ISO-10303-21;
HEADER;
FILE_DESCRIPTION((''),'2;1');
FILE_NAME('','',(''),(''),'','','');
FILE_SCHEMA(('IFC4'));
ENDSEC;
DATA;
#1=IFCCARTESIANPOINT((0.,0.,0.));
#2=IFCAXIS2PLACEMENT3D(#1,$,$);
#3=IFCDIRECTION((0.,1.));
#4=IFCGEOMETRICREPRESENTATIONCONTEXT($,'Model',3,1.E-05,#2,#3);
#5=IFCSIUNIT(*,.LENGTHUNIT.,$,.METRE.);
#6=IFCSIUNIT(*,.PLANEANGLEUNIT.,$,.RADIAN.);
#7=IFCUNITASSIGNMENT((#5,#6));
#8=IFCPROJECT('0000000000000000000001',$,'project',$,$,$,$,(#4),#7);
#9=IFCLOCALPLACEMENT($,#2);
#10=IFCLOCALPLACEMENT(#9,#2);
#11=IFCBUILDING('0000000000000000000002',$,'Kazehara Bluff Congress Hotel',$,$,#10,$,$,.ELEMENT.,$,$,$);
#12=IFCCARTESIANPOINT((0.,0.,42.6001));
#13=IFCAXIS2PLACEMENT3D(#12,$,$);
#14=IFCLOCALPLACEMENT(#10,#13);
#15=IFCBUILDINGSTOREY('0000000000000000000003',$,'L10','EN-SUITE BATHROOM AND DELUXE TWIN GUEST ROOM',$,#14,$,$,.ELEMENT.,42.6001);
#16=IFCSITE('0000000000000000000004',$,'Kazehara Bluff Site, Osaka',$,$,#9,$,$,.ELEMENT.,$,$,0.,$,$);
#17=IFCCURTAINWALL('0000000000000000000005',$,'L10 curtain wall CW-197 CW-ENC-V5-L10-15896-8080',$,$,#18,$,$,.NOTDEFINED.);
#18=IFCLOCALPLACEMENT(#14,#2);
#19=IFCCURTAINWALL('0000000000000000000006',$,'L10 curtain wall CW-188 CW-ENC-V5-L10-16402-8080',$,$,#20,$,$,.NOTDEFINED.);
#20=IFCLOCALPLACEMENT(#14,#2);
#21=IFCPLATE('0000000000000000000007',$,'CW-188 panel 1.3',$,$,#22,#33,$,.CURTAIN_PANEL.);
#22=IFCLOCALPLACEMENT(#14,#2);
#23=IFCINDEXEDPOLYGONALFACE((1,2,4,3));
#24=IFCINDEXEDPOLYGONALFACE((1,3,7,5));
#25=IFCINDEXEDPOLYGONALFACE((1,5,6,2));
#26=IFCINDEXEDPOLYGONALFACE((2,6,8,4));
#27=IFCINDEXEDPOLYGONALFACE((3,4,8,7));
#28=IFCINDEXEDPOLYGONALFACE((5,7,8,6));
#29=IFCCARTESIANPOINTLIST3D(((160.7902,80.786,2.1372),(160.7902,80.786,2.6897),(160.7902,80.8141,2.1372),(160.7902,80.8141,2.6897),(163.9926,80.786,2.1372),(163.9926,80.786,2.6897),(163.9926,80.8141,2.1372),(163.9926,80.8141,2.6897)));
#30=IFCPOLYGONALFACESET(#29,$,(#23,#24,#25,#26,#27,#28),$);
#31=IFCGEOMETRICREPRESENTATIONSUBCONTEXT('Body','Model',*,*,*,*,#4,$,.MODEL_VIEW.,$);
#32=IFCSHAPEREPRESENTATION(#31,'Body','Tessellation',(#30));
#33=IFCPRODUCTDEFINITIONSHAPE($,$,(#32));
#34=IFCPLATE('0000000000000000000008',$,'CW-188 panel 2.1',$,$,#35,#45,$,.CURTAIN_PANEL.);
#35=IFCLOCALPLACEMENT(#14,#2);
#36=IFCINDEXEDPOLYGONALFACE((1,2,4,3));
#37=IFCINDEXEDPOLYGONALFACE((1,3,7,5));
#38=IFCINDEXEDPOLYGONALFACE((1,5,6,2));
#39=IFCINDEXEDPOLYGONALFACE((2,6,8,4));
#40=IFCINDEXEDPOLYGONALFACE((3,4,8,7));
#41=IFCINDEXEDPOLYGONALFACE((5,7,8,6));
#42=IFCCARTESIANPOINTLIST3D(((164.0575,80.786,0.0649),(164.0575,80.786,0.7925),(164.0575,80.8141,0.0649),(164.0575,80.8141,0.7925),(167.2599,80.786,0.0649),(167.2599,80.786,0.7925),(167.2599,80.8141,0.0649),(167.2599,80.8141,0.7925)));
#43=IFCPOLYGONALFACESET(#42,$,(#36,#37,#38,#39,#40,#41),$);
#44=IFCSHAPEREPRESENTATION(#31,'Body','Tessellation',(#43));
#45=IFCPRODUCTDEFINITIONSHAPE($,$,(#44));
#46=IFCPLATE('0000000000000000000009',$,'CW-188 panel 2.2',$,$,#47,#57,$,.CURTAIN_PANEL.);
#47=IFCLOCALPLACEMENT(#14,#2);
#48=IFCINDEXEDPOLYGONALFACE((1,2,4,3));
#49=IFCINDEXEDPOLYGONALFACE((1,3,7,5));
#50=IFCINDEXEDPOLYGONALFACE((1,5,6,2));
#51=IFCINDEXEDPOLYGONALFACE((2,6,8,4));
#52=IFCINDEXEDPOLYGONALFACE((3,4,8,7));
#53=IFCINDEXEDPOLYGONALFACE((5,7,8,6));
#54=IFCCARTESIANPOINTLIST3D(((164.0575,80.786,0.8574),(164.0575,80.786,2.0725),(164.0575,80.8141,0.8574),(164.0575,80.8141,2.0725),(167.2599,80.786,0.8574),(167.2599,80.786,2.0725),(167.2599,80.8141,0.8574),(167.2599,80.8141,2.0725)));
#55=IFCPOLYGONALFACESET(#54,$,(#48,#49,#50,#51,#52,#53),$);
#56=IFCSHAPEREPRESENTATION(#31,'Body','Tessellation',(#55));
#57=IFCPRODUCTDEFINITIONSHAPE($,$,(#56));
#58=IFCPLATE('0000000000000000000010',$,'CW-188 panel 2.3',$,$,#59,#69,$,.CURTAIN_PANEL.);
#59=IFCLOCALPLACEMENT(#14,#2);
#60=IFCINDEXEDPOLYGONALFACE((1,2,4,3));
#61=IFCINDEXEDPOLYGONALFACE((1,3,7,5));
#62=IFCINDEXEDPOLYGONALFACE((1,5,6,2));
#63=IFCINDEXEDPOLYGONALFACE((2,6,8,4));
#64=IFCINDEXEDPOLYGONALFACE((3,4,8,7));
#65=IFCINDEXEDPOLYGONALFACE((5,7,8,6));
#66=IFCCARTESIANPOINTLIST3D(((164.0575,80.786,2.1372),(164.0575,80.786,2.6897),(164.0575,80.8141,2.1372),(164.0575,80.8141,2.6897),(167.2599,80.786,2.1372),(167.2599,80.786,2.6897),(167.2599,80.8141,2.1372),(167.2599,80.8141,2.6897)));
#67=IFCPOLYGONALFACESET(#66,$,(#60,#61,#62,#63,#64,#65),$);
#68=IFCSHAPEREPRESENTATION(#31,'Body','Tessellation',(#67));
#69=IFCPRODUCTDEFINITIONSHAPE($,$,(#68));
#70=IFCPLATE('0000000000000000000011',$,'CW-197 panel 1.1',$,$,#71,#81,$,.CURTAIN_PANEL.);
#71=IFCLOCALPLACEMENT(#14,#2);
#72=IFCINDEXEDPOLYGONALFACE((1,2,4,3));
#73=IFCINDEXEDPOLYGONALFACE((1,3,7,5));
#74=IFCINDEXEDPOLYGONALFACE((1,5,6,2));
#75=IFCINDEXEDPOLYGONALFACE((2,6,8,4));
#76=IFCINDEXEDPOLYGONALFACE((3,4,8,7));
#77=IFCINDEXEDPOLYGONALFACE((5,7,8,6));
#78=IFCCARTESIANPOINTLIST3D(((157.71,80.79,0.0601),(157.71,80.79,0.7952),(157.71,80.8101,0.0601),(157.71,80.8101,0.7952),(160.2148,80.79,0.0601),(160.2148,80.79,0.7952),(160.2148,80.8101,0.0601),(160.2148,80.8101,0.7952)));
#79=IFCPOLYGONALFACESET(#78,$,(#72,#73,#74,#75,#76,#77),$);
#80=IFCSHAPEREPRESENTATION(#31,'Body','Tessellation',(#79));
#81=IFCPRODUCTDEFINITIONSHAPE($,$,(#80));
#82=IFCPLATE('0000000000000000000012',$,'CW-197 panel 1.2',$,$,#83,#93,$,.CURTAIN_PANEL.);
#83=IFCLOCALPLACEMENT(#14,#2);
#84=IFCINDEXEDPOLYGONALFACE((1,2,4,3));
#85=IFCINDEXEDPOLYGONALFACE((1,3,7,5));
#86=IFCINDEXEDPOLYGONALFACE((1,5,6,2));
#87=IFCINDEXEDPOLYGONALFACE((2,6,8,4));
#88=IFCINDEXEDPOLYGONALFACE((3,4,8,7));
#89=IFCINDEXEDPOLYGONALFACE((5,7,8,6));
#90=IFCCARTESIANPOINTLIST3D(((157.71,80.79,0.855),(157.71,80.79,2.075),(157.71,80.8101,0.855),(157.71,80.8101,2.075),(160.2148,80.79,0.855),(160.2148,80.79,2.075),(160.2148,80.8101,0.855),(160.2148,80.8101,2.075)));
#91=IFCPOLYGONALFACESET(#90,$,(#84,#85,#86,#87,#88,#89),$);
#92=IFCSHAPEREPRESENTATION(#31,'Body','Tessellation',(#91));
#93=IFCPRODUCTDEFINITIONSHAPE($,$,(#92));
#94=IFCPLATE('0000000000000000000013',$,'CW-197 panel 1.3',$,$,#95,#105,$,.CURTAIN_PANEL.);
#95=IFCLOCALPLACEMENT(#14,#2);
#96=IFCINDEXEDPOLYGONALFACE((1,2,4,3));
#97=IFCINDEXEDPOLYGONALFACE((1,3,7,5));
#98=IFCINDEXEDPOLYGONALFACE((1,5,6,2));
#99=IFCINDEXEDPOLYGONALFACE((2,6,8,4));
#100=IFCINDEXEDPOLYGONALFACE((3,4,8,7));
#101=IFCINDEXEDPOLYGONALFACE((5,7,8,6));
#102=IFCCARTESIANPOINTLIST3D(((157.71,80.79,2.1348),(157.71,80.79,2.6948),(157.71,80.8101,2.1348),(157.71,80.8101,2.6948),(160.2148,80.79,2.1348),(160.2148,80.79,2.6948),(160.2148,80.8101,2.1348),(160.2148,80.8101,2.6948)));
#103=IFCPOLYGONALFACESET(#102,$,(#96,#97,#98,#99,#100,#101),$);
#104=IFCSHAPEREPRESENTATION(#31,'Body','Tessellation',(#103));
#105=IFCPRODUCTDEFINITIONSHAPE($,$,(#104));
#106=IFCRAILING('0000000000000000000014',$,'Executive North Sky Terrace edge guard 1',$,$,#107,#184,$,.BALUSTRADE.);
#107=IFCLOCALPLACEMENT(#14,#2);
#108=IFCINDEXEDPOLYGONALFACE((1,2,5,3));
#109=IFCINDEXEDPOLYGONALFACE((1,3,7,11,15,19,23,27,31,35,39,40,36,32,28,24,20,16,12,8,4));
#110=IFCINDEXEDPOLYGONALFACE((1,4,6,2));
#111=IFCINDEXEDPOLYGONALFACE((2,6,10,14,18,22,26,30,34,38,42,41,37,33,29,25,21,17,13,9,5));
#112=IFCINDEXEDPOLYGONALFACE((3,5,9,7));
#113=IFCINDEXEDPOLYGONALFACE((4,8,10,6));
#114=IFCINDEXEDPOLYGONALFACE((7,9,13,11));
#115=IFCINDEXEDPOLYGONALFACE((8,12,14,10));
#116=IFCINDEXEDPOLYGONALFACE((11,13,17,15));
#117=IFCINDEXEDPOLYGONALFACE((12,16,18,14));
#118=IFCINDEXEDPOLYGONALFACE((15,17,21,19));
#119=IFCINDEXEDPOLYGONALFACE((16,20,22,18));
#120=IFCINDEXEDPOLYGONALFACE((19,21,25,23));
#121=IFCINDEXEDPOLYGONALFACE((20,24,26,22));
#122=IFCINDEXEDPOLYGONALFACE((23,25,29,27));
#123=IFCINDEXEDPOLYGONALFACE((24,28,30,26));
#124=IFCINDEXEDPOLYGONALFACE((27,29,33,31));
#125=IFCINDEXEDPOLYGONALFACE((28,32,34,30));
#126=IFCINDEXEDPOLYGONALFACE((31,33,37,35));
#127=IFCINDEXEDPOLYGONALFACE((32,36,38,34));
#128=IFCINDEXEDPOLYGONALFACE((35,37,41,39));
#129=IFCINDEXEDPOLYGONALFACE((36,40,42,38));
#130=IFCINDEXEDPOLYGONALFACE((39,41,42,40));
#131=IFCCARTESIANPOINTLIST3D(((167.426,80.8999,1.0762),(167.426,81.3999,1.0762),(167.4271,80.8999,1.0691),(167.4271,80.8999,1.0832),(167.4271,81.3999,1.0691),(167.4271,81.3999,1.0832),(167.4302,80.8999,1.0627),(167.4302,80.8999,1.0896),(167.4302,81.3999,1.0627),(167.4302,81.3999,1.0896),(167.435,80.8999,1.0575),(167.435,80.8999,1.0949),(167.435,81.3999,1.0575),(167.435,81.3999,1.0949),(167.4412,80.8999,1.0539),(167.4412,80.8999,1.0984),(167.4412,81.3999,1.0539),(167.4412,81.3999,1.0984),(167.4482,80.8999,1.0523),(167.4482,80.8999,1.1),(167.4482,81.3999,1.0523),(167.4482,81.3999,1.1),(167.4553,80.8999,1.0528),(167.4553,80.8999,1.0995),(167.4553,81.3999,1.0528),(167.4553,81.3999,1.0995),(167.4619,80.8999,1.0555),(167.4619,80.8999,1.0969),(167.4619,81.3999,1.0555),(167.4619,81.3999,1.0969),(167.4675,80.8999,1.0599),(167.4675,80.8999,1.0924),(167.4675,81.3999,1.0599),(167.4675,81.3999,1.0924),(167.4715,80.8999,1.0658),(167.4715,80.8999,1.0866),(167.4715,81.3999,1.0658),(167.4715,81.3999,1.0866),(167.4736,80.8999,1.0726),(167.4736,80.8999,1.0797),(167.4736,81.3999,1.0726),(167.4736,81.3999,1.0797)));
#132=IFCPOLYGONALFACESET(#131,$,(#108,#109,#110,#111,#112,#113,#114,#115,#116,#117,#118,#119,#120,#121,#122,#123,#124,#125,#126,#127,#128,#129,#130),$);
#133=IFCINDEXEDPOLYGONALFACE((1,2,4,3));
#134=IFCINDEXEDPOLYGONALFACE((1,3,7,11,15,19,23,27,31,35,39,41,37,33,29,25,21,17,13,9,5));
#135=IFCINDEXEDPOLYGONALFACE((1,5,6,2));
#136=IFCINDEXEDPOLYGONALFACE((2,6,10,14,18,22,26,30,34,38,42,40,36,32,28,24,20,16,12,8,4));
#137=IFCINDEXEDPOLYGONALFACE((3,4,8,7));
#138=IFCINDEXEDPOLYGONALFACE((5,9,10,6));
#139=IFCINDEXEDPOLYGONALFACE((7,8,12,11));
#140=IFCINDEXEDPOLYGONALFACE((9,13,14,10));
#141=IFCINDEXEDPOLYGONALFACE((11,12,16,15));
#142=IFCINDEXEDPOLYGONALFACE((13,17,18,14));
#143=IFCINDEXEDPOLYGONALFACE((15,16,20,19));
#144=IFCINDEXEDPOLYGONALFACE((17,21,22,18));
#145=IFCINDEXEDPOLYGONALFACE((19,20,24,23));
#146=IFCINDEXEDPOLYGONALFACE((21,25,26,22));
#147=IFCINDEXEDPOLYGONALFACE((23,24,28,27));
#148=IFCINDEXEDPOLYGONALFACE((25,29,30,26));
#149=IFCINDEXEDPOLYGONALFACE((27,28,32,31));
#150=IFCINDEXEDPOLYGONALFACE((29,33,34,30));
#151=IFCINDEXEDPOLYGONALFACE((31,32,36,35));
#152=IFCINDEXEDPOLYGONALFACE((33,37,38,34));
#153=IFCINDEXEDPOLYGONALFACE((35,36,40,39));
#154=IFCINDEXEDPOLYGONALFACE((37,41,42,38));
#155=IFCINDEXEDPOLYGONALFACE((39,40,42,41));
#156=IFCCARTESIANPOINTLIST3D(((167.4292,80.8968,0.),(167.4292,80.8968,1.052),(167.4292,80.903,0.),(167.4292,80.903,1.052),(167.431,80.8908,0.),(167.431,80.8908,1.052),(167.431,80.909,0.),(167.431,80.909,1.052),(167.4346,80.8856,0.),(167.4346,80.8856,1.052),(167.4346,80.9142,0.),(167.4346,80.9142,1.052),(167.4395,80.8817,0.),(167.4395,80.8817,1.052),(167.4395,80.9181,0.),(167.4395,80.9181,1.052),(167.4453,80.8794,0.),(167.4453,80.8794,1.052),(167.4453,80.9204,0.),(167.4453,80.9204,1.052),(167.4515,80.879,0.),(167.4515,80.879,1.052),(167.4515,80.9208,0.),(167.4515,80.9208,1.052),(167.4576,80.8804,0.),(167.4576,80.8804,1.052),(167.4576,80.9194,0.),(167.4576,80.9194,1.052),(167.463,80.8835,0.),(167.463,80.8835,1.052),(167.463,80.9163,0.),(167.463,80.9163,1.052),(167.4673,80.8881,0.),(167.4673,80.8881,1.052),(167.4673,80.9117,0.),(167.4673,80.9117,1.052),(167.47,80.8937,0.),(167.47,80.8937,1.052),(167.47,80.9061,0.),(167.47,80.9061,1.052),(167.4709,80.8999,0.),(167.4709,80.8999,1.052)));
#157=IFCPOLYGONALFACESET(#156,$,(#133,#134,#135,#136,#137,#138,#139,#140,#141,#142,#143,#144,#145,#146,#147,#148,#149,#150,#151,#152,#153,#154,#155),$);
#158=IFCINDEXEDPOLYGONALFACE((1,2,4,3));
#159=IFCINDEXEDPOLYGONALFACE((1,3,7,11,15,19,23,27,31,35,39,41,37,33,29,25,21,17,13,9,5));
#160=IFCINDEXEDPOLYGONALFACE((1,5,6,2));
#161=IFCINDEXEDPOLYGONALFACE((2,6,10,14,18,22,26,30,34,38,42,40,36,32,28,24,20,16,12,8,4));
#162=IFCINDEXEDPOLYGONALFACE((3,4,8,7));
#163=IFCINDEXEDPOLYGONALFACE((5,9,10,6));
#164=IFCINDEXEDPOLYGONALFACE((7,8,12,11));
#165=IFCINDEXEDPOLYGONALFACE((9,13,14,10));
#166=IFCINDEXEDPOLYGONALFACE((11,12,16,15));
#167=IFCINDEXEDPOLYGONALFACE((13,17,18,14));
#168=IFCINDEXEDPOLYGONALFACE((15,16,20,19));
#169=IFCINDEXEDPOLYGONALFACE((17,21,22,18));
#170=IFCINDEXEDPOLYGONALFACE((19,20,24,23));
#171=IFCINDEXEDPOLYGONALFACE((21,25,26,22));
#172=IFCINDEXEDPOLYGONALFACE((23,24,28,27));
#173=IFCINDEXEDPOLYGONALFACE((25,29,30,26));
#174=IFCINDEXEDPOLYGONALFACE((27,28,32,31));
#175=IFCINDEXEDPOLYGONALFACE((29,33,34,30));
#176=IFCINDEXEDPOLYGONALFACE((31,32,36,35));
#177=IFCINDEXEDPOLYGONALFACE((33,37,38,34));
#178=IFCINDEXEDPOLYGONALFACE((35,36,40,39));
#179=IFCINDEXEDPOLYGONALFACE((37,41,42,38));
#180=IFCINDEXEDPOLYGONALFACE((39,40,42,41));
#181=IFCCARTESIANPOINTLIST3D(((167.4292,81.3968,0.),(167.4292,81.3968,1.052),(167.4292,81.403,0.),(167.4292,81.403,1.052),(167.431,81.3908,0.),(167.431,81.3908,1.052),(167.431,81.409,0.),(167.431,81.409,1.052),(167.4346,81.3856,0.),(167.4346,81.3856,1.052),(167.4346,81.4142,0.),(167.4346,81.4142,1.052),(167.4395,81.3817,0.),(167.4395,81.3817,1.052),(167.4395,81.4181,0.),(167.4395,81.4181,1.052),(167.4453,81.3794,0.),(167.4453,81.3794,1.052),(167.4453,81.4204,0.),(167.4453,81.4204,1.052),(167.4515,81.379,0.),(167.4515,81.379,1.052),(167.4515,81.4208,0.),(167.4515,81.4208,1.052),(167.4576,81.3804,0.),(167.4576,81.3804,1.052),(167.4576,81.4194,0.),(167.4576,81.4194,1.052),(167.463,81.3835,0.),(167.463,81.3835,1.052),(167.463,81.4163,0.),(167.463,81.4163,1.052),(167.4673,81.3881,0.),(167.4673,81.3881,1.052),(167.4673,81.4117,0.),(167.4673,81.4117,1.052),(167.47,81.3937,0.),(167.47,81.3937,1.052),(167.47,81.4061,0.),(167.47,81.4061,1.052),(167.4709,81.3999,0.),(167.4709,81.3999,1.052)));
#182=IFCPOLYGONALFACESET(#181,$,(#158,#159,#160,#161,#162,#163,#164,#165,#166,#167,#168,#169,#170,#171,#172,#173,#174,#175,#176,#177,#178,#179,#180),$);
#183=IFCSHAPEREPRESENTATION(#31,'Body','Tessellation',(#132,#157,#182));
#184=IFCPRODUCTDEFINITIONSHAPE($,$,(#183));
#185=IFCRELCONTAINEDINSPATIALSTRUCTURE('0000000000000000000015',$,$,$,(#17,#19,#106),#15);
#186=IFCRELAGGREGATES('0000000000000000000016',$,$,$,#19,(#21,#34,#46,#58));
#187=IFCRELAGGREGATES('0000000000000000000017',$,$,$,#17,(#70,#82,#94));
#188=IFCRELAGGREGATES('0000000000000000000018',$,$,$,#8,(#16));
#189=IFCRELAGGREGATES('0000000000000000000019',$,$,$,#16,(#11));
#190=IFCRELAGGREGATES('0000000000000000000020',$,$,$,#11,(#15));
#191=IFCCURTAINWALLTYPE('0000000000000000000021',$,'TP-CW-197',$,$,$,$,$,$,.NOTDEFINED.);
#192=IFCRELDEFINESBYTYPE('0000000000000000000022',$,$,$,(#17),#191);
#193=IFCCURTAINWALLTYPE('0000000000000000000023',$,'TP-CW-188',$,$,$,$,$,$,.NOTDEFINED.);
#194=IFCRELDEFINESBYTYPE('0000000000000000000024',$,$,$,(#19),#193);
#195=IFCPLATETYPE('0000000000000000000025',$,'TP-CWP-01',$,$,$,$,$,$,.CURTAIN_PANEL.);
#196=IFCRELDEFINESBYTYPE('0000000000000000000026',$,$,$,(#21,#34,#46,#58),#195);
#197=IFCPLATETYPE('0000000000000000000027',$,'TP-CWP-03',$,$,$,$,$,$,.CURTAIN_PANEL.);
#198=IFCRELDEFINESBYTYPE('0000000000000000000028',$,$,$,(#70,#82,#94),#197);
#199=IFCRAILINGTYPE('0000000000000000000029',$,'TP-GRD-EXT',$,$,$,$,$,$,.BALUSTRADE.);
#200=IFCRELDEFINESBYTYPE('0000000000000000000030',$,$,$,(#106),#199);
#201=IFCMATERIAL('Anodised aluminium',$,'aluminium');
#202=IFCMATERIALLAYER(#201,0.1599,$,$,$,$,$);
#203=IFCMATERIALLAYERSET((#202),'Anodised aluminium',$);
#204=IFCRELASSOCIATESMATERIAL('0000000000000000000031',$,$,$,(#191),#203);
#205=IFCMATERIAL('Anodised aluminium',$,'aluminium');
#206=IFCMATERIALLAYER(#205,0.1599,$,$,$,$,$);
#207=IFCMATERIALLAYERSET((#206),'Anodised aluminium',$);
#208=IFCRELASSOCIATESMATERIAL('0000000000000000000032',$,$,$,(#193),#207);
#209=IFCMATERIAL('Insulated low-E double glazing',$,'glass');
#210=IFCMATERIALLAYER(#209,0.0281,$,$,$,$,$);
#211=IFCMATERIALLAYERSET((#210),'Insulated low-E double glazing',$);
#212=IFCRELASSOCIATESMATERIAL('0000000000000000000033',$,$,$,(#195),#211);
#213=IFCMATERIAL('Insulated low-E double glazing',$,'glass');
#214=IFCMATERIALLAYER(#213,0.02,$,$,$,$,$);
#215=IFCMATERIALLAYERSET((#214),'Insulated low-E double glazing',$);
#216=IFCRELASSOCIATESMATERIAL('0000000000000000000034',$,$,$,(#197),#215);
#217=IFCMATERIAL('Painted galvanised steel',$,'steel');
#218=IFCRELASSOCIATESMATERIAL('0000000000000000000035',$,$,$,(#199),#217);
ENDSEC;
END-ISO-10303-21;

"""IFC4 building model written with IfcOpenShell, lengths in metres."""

from ifc_helpers import new_model, si_unit, direction, frame, origin, origin_2d, place, context, subcontext, project, spatial, rectangle, circle, extrude, material, layer, layer_set, type_object, element, aggregate, save


model = new_model("IFC4")

# Units and contexts
model_context = context("Model", 3, precision=1e-05, world=origin(), true_north=direction((0.0, 1.0)))
body_context = subcontext(model_context, "Body", "Model", "MODEL_VIEW")
ifc_project = project(units=[si_unit("LENGTHUNIT", "METRE"), si_unit("PLANEANGLEUNIT", "RADIAN")], contexts=[model_context])

# Site, building, storey
site_placement = place(None, origin())
site = spatial("IfcSite", under=ifc_project, at=site_placement, Name="Kazehara Bluff Site, Osaka", CompositionType="ELEMENT", RefElevation=0.0)
building_placement = place(site_placement, origin())
building = spatial("IfcBuilding", under=site, at=building_placement, Name="Kazehara Bluff Congress Hotel", CompositionType="ELEMENT")
storey_placement = place(building_placement, frame((0.0, 0.0, 42.6001)))
storey = spatial("IfcBuildingStorey", under=building, at=storey_placement, Name="L10", Description="EN-SUITE BATHROOM AND DELUXE TWIN GUEST ROOM", CompositionType="ELEMENT", Elevation=42.6001)

# Curtain wall
ifc_material_1 = material(Name="Anodised aluminium", Category="aluminium")
ifc_layer_1 = layer(ifc_material_1, 0.1599)
ifc_layer_set_1 = layer_set([ifc_layer_1], Name="Anodised aluminium")
curtain_wall_type_1 = type_object("IfcCurtainWallType", Name="TP-CW-197", PredefinedType="NOTDEFINED", material=ifc_layer_set_1)
curtain_wall_1_placement = place(storey_placement, origin())
curtain_wall_1 = element("IfcCurtainWall", 1, at=curtain_wall_1_placement, inside=storey, type_object=curtain_wall_type_1, Name="L10 curtain wall CW-197 CW-ENC-V5-L10-15896-8080", PredefinedType="NOTDEFINED")

# Curtain wall
ifc_material_2 = material(Name="Anodised aluminium", Category="aluminium")
ifc_layer_2 = layer(ifc_material_2, 0.1599)
ifc_layer_set_2 = layer_set([ifc_layer_2], Name="Anodised aluminium")
curtain_wall_type_2 = type_object("IfcCurtainWallType", Name="TP-CW-188", PredefinedType="NOTDEFINED", material=ifc_layer_set_2)
curtain_wall_2_placement = place(storey_placement, origin())
curtain_wall_2 = element("IfcCurtainWall", 2, at=curtain_wall_2_placement, inside=storey, type_object=curtain_wall_type_2, Name="L10 curtain wall CW-188 CW-ENC-V5-L10-16402-8080", PredefinedType="NOTDEFINED")

# Plates
ifc_material_3 = material(Name="Insulated low-E double glazing", Category="glass")
ifc_layer_3 = layer(ifc_material_3, 0.0281)
ifc_layer_set_3 = layer_set([ifc_layer_3], Name="Insulated low-E double glazing")
plate_type_1 = type_object("IfcPlateType", Name="TP-CWP-01", PredefinedType="CURTAIN_PANEL", material=ifc_layer_set_3)
plate_1_placement = place(storey_placement, frame((162.3914, 80.8, 2.1372), z_axis=(0.0, 0.0, 1.0), x_axis=(1.0, 0.0, 0.0)))
plate_1 = element("IfcPlate", 3, at=plate_1_placement, type_object=plate_type_1, Name="CW-188 panel 1.3", PredefinedType="CURTAIN_PANEL", context=body_context, shape_type="SweptSolid", body=[
    extrude(rectangle(XDim=3.2024, YDim=0.0281, at=origin_2d()), origin(), (0.0, 0.0, 1.0), 0.5525),
])
plate_2_placement = place(storey_placement, frame((165.6587, 80.8, 0.0649), z_axis=(0.0, 0.0, 1.0), x_axis=(1.0, 0.0, 0.0)))
plate_2 = element("IfcPlate", 4, at=plate_2_placement, type_object=plate_type_1, Name="CW-188 panel 2.1", PredefinedType="CURTAIN_PANEL", context=body_context, shape_type="SweptSolid", body=[
    extrude(rectangle(XDim=3.2024, YDim=0.0281, at=origin_2d()), origin(), (0.0, 0.0, 1.0), 0.7275),
])
plate_3_placement = place(storey_placement, frame((165.6587, 80.8, 0.8574), z_axis=(0.0, 0.0, 1.0), x_axis=(1.0, 0.0, 0.0)))
plate_3 = element("IfcPlate", 5, at=plate_3_placement, type_object=plate_type_1, Name="CW-188 panel 2.2", PredefinedType="CURTAIN_PANEL", context=body_context, shape_type="SweptSolid", body=[
    extrude(rectangle(XDim=3.2024, YDim=0.0281, at=origin_2d()), origin(), (0.0, 0.0, 1.0), 1.2151),
])
plate_4_placement = place(storey_placement, frame((165.6587, 80.8, 2.1372), z_axis=(0.0, 0.0, 1.0), x_axis=(1.0, 0.0, 0.0)))
plate_4 = element("IfcPlate", 6, at=plate_4_placement, type_object=plate_type_1, Name="CW-188 panel 2.3", PredefinedType="CURTAIN_PANEL", context=body_context, shape_type="SweptSolid", body=[
    extrude(rectangle(XDim=3.2024, YDim=0.0281, at=origin_2d()), origin(), (0.0, 0.0, 1.0), 0.5525),
])
aggregate(curtain_wall_2, [plate_1, plate_2, plate_3, plate_4])
ifc_material_4 = material(Name="Insulated low-E double glazing", Category="glass")
ifc_layer_4 = layer(ifc_material_4, 0.02)
ifc_layer_set_4 = layer_set([ifc_layer_4], Name="Insulated low-E double glazing")
plate_type_2 = type_object("IfcPlateType", Name="TP-CWP-03", PredefinedType="CURTAIN_PANEL", material=ifc_layer_set_4)
plate_5_placement = place(storey_placement, frame((158.9624, 80.8, 0.0601), z_axis=(0.0, 0.0, 1.0), x_axis=(1.0, 0.0, 0.0)))
plate_5 = element("IfcPlate", 7, at=plate_5_placement, type_object=plate_type_2, Name="CW-197 panel 1.1", PredefinedType="CURTAIN_PANEL", context=body_context, shape_type="SweptSolid", body=[
    extrude(rectangle(XDim=2.5049, YDim=0.02, at=origin_2d()), origin(), (0.0, 0.0, 1.0), 0.7351),
])
plate_6_placement = place(storey_placement, frame((158.9624, 80.8, 0.855), z_axis=(0.0, 0.0, 1.0), x_axis=(1.0, 0.0, 0.0)))
plate_6 = element("IfcPlate", 8, at=plate_6_placement, type_object=plate_type_2, Name="CW-197 panel 1.2", PredefinedType="CURTAIN_PANEL", context=body_context, shape_type="SweptSolid", body=[
    extrude(rectangle(XDim=2.5049, YDim=0.02, at=origin_2d()), origin(), (0.0, 0.0, 1.0), 1.22),
])
plate_7_placement = place(storey_placement, frame((158.9624, 80.8, 2.1348), z_axis=(0.0, 0.0, 1.0), x_axis=(1.0, 0.0, 0.0)))
plate_7 = element("IfcPlate", 9, at=plate_7_placement, type_object=plate_type_2, Name="CW-197 panel 1.3", PredefinedType="CURTAIN_PANEL", context=body_context, shape_type="SweptSolid", body=[
    extrude(rectangle(XDim=2.5049, YDim=0.02, at=origin_2d()), origin(), (0.0, 0.0, 1.0), 0.5601),
])
aggregate(curtain_wall_1, [plate_5, plate_6, plate_7])

# Railing
ifc_material_5 = material(Name="Painted galvanised steel", Category="steel")
railing_type = type_object("IfcRailingType", Name="TP-GRD-EXT", PredefinedType="BALUSTRADE", material=ifc_material_5)
railing_1_placement = place(storey_placement, frame((167.45, 80.8999, 0.0)))
element("IfcRailing", 10, at=railing_1_placement, inside=storey, type_object=railing_type, Name="Executive North Sky Terrace edge guard 1", PredefinedType="BALUSTRADE", context=body_context, shape_type="SweptSolid", body=[
    extrude(circle(Radius=0.0239, at=origin_2d()), frame((0.0, 0.0, 1.0762), z_axis=(0.0, 1.0, 0.0), x_axis=(-1.0, 0.0, 0.0)), (0.0, 0.0, 1.0), 0.5),
    extrude(circle(Radius=0.021, at=origin_2d()), origin(), (0.0, 0.0, 1.0), 1.052),
    extrude(circle(Radius=0.021, at=origin_2d()), frame((0.0, 0.5, 0.0)), (0.0, 0.0, 1.0), 1.052),
])

save(model, "model.ifc")
